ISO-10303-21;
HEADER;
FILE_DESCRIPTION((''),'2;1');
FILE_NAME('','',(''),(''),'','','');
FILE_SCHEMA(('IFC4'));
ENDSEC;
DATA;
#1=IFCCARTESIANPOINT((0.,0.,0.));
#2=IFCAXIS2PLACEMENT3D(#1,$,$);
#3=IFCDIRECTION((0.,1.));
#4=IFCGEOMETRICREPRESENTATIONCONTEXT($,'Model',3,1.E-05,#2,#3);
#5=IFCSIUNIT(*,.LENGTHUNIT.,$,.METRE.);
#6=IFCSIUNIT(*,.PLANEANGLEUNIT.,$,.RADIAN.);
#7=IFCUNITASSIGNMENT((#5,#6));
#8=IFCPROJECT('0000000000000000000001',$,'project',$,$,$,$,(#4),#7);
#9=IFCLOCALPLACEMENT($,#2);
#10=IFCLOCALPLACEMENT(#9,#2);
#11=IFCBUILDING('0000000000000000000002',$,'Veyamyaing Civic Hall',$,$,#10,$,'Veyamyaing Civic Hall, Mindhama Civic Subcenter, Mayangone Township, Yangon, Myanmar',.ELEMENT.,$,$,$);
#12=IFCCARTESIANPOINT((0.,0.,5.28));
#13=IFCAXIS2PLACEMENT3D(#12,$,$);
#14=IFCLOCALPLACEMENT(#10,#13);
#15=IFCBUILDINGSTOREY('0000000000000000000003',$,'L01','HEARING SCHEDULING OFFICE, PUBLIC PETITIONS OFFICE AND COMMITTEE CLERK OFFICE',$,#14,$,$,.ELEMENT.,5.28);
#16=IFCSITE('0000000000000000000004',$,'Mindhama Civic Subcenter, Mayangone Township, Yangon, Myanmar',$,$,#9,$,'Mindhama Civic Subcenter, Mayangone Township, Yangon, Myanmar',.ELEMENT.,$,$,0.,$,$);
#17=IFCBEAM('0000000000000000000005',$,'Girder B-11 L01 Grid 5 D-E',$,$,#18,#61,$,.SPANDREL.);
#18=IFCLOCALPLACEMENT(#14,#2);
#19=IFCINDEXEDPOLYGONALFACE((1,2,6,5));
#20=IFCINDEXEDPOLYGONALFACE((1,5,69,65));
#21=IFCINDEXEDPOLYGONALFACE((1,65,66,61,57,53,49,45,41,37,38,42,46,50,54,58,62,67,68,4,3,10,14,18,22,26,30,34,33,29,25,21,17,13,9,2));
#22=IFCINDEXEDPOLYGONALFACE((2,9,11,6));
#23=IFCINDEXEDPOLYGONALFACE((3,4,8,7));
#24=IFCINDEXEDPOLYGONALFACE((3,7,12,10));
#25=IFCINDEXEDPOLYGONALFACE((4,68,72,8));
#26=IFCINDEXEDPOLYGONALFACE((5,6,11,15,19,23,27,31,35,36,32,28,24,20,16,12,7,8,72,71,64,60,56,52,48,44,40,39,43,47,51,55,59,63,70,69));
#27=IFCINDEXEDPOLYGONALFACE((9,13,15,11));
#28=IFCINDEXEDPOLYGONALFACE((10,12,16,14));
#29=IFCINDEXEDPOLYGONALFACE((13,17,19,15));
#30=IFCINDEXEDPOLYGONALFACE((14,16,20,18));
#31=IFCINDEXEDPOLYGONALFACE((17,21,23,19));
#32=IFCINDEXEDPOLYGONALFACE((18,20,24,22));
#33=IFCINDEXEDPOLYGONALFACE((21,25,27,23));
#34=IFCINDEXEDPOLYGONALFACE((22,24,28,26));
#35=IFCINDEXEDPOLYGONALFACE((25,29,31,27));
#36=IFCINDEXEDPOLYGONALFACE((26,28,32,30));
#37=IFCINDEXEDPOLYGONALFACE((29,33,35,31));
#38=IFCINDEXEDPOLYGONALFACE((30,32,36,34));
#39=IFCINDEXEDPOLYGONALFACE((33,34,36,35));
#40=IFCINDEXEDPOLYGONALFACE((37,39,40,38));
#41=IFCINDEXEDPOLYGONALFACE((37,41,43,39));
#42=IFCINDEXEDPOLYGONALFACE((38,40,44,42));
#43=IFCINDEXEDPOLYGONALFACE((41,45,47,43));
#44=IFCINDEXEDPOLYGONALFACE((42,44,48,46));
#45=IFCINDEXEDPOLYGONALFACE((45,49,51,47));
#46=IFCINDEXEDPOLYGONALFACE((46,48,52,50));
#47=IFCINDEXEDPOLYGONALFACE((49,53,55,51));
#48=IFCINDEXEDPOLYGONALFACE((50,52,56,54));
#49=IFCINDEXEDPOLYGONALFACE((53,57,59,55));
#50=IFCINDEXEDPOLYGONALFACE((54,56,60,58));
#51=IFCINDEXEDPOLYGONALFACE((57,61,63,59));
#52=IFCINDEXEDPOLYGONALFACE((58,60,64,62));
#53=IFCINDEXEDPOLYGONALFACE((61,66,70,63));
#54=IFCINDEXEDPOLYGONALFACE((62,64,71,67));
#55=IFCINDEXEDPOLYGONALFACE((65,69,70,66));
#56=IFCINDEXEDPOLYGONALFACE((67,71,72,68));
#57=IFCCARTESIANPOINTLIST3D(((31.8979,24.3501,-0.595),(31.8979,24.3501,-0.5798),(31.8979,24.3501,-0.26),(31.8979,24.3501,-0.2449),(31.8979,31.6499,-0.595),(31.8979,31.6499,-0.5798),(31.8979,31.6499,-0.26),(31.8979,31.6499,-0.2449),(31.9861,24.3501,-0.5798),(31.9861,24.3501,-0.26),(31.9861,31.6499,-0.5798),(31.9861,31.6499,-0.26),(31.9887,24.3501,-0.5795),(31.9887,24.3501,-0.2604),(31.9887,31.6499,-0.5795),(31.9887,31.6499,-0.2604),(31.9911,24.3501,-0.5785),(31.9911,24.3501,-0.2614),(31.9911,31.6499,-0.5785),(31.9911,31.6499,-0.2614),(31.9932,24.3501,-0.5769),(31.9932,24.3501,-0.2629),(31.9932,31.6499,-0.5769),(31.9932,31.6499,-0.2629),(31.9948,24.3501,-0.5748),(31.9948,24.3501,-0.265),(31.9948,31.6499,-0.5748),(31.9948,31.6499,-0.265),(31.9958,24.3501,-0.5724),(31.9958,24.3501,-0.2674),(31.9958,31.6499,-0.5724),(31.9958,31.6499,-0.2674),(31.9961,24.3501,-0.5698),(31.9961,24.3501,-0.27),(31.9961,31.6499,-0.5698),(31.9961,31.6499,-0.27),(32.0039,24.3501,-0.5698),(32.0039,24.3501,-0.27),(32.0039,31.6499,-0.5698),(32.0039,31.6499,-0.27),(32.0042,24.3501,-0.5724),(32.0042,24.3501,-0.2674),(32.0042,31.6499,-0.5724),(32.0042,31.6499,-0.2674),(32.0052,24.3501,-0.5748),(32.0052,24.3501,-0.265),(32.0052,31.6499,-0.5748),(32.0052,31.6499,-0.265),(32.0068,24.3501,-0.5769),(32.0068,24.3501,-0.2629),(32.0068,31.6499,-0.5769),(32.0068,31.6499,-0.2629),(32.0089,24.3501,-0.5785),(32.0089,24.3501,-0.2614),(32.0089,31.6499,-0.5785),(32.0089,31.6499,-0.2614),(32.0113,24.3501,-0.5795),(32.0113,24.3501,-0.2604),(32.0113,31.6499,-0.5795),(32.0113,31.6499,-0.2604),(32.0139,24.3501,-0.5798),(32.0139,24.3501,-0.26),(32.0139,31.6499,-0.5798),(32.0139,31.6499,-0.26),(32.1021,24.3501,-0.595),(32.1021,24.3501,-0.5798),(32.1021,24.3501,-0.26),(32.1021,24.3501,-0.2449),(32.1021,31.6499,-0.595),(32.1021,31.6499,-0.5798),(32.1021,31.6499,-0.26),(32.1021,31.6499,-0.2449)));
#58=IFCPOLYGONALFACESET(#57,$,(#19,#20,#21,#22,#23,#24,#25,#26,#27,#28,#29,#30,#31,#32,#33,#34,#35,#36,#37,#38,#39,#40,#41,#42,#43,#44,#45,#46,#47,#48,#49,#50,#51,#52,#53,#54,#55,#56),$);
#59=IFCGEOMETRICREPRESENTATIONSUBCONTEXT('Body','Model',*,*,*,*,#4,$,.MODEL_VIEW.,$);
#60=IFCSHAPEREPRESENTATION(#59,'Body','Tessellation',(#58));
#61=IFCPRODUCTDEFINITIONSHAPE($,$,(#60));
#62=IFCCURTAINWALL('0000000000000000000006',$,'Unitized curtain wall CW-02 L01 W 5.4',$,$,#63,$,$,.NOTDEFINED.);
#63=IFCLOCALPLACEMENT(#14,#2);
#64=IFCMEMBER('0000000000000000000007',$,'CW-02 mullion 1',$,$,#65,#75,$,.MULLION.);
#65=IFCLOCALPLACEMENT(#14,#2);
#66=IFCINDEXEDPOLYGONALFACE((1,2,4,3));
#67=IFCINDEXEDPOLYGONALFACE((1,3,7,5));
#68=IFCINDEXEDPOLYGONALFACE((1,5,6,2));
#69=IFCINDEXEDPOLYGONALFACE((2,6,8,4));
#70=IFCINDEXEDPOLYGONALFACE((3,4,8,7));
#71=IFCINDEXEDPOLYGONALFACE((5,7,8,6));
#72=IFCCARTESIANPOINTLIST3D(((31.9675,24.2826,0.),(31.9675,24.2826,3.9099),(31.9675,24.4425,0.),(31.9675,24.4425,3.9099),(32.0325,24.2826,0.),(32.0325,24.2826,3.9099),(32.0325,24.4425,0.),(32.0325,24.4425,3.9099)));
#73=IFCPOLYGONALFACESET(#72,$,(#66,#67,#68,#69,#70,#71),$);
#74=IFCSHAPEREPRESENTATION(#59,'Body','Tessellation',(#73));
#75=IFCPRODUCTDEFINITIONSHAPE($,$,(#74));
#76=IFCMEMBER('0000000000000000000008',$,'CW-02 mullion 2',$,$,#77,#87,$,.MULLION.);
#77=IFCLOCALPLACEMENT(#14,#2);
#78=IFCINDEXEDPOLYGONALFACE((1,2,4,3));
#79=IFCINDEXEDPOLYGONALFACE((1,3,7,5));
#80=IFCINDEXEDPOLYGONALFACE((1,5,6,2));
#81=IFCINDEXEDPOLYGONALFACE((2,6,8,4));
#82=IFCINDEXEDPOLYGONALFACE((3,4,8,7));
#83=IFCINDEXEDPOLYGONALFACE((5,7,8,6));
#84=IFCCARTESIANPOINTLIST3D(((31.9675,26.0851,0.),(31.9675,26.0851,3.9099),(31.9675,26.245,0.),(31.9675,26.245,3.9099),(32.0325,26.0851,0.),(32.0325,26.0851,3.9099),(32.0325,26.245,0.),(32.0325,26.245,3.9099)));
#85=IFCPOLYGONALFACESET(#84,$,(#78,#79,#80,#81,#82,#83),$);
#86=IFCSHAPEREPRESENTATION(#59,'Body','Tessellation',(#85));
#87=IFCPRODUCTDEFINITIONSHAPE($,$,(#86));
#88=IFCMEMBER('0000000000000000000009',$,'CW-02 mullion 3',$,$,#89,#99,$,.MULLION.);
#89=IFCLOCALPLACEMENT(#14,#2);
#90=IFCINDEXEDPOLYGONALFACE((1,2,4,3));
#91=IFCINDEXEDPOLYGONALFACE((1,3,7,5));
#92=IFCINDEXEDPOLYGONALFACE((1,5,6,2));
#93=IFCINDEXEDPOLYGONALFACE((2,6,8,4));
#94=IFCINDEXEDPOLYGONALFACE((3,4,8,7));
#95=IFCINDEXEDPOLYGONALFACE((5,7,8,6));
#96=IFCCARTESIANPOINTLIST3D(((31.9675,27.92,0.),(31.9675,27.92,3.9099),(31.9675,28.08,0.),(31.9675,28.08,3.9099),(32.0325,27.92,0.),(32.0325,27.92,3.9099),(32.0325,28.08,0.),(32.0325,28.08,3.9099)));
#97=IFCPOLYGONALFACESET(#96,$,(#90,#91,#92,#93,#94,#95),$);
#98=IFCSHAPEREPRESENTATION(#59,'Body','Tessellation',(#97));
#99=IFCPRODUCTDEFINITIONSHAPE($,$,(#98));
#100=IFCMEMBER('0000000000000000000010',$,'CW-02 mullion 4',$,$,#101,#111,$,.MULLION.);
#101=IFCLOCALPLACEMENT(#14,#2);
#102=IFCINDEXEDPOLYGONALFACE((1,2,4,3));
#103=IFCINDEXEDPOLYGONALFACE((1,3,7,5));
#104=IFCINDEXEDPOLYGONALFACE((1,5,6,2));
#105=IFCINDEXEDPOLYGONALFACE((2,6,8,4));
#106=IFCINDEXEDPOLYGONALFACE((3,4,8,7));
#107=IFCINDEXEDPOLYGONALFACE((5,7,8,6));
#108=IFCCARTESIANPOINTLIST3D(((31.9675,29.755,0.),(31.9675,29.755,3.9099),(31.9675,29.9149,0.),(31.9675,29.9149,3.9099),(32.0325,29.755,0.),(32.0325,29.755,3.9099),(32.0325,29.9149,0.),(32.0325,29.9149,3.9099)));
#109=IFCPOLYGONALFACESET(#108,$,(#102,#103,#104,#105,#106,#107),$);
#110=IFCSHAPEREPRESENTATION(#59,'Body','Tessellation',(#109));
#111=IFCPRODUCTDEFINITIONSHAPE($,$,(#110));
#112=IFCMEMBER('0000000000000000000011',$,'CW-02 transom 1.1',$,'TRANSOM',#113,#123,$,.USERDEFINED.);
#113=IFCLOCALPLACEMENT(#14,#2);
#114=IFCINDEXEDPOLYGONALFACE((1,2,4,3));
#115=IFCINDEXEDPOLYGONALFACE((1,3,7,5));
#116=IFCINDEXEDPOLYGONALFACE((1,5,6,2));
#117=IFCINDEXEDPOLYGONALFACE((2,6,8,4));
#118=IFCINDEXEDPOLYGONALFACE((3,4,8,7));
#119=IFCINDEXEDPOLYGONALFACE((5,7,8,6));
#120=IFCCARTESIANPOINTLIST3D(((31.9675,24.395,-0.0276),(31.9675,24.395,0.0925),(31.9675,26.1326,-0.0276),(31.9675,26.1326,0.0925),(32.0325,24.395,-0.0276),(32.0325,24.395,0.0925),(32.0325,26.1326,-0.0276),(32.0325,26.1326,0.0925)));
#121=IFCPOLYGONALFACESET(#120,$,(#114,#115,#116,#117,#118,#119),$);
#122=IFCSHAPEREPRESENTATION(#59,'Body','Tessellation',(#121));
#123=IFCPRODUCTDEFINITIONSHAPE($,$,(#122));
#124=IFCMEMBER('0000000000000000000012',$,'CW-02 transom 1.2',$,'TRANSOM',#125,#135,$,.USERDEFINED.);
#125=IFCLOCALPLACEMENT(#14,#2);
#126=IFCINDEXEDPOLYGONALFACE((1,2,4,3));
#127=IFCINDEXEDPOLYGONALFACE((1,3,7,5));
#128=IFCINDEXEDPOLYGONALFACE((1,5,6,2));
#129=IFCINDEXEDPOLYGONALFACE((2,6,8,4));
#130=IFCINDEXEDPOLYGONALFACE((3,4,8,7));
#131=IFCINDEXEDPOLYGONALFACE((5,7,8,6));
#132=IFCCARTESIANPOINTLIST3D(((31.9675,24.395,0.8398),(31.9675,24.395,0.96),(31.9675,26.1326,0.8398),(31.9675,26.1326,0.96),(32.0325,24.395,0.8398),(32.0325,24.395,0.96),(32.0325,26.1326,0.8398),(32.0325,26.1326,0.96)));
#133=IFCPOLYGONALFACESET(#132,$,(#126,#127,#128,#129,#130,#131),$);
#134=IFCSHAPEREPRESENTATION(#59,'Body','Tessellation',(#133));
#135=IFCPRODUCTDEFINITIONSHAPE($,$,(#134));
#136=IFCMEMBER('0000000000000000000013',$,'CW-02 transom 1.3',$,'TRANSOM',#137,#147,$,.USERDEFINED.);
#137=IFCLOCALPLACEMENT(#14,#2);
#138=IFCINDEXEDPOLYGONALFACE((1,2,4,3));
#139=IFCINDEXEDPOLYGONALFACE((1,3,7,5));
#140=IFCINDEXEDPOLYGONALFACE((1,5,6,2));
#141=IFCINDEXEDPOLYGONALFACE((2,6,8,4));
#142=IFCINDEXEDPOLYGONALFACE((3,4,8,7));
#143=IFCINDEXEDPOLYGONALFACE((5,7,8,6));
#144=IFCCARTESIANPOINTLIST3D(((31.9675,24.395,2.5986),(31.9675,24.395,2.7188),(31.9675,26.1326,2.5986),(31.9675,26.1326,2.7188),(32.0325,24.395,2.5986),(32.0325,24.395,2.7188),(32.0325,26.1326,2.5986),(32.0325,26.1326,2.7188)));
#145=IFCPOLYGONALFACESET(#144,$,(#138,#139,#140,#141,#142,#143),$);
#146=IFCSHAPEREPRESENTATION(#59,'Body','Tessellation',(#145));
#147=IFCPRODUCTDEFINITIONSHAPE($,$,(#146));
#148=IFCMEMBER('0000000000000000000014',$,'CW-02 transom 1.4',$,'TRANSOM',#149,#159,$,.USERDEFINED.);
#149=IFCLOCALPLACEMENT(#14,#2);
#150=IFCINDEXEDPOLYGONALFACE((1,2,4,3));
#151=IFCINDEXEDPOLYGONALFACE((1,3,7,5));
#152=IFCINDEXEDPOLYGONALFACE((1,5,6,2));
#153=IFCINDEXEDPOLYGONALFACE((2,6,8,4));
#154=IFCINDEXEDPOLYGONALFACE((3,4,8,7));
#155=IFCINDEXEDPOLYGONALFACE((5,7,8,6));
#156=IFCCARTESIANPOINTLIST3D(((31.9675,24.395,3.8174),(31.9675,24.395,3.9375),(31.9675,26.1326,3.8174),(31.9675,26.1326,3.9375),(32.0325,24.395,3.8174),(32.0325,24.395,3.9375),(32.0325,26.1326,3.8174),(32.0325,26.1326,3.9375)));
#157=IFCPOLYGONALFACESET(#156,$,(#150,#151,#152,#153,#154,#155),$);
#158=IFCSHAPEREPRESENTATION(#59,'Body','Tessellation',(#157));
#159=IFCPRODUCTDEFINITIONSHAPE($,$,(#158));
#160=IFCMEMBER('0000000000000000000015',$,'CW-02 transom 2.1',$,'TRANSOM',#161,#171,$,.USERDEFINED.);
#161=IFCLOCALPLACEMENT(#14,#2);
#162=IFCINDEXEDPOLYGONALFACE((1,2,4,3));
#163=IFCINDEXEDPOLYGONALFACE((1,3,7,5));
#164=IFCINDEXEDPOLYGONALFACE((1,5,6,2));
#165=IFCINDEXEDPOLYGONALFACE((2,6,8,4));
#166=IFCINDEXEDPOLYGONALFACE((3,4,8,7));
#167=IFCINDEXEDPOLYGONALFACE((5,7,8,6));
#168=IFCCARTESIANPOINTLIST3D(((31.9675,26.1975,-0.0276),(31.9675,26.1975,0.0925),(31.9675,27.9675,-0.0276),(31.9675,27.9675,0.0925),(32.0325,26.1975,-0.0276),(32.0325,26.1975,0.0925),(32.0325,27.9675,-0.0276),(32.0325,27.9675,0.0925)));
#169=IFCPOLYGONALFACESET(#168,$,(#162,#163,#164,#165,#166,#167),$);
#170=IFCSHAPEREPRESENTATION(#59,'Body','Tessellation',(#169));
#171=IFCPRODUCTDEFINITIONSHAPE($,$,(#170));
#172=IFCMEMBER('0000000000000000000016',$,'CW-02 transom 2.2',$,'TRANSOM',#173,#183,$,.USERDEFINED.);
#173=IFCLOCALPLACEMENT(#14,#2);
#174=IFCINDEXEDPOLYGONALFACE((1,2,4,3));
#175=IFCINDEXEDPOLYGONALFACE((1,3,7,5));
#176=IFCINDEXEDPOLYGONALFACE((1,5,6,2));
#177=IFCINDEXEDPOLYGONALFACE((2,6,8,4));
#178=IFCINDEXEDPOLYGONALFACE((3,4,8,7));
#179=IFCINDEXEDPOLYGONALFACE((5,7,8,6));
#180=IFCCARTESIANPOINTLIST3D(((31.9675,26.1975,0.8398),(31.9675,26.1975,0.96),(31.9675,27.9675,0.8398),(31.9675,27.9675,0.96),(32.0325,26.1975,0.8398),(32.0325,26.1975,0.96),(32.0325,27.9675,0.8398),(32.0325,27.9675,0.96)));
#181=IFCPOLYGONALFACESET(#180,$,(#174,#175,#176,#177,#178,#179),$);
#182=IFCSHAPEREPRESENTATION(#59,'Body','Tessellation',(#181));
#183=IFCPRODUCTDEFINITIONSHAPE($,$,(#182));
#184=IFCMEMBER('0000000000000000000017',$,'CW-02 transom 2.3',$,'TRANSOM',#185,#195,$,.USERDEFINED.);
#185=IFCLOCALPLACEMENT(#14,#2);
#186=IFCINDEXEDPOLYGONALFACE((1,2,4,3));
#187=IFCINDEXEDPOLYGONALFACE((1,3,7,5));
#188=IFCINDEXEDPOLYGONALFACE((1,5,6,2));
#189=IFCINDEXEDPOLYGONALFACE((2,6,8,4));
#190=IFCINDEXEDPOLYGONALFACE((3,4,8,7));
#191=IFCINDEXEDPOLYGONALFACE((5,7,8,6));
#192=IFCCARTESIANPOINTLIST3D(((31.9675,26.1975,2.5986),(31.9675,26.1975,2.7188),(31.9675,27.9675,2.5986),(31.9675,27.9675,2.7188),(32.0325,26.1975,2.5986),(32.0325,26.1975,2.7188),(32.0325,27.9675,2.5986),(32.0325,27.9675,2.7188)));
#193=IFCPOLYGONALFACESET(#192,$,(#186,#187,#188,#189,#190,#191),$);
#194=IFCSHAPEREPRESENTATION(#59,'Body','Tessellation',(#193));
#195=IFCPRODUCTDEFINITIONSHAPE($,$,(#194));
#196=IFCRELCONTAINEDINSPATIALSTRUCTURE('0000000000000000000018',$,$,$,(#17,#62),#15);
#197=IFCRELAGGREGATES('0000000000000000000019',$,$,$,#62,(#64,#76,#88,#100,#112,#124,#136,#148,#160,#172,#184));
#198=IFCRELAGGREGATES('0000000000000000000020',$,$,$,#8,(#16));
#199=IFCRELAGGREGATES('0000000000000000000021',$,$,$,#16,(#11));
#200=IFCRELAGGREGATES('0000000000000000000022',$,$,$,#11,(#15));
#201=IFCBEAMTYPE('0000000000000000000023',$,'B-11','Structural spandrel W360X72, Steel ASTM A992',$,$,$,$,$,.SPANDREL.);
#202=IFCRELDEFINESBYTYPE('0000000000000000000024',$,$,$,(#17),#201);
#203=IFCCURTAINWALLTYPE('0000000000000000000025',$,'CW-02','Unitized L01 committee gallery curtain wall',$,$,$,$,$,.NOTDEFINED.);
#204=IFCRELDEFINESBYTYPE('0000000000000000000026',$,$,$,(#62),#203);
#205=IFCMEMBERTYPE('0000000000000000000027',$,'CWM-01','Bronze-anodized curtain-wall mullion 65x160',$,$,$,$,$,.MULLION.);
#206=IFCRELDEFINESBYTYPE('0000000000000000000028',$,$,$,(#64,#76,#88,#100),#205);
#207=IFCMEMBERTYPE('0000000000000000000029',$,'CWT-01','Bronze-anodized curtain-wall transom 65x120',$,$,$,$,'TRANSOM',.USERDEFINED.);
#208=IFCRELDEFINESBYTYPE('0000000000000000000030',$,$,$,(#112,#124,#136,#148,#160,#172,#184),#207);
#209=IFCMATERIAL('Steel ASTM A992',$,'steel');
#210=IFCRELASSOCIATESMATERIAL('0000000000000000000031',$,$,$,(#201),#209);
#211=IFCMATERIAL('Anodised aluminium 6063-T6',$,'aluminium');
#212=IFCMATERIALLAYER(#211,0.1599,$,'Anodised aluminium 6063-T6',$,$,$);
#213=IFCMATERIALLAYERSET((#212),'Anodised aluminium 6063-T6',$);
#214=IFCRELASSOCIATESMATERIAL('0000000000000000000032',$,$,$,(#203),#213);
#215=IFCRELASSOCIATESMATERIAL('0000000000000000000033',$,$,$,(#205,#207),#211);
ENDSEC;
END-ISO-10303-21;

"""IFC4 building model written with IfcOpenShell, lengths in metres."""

from ifc_helpers import new_model, si_unit, direction, frame, origin, origin_2d, place, context, subcontext, project, spatial, rectangle, i_section, extrude, material, layer, layer_set, material_profile, profile_set, type_object, element, aggregate, save


model = new_model("IFC4")

# Units and contexts
model_context = context("Model", 3, precision=1e-05, world=origin(), true_north=direction((0.0, 1.0)))
body_context = subcontext(model_context, "Body", "Model", "MODEL_VIEW")
ifc_project = project(units=[si_unit("LENGTHUNIT", "METRE"), si_unit("PLANEANGLEUNIT", "RADIAN")], contexts=[model_context])

# Site, building, storey
site_placement = place(None, origin())
site = spatial("IfcSite", under=ifc_project, at=site_placement, Name="Mindhama Civic Subcenter, Mayangone Township, Yangon, Myanmar", LongName="Mindhama Civic Subcenter, Mayangone Township, Yangon, Myanmar", CompositionType="ELEMENT", RefElevation=0.0)
building_placement = place(site_placement, origin())
building = spatial("IfcBuilding", under=site, at=building_placement, Name="Veyamyaing Civic Hall", LongName="Veyamyaing Civic Hall, Mindhama Civic Subcenter, Mayangone Township, Yangon, Myanmar", CompositionType="ELEMENT")
storey_placement = place(building_placement, frame((0.0, 0.0, 5.28)))
storey = spatial("IfcBuildingStorey", under=building, at=storey_placement, Name="L01", Description="HEARING SCHEDULING OFFICE, PUBLIC PETITIONS OFFICE AND COMMITTEE CLERK OFFICE", CompositionType="ELEMENT", Elevation=5.28)

# Beam
ifc_material_1 = material(Name="Steel ASTM A992", Category="steel")
ifc_material_profile_1 = material_profile(ifc_material_1, i_section(OverallWidth=0.2041, OverallDepth=0.3501, WebThickness=0.0078, FlangeThickness=0.0151, FilletRadius=0.01, at=origin_2d()), Name="W360X72")
ifc_profile_set_1 = profile_set([ifc_material_profile_1], Name="Steel ASTM A992")
beam_type_1 = type_object("IfcBeamType", Name="B-11", Description="Structural spandrel W360X72, Steel ASTM A992", PredefinedType="SPANDREL", material=ifc_profile_set_1)
beam_placement = place(storey_placement, frame((32.0, 24.3501, -0.4199), z_axis=(0.0, 1.0, 0.0), x_axis=(-1.0, 0.0, 0.0)))
element("IfcBeam", 1, at=beam_placement, inside=storey, type_object=beam_type_1, Name="Girder B-11 L01 Grid 5 D-E", PredefinedType="SPANDREL", context=body_context, shape_type="SweptSolid", body=[
    extrude(i_section(OverallWidth=0.2041, OverallDepth=0.3501, WebThickness=0.0078, FlangeThickness=0.0151, FilletRadius=0.01, at=origin_2d()), origin(), (0.0, 0.0, 1.0), 7.2998),
])

# Curtain wall, members
ifc_material_2 = material(Name="Anodised aluminium 6063-T6", Category="aluminium")
ifc_layer_1 = layer(ifc_material_2, 0.1599, Name="Anodised aluminium 6063-T6")
ifc_layer_set_1 = layer_set([ifc_layer_1], Name="Anodised aluminium 6063-T6")
curtain_wall_type = type_object("IfcCurtainWallType", Name="CW-02", Description="Unitized L01 committee gallery curtain wall", PredefinedType="NOTDEFINED", material=ifc_layer_set_1)
curtain_wall_placement = place(storey_placement, origin())
curtain_wall = element("IfcCurtainWall", 2, at=curtain_wall_placement, inside=storey, type_object=curtain_wall_type, Name="Unitized curtain wall CW-02 L01 W 5.4", PredefinedType="NOTDEFINED")
ifc_material_profile_2 = material_profile(ifc_material_2, rectangle(XDim=0.0649, YDim=0.1599, at=origin_2d()), Name="ALU-MUL-65X160")
ifc_profile_set_2 = profile_set([ifc_material_profile_2], Name="Anodised aluminium 6063-T6")
member_type_1 = type_object("IfcMemberType", Name="CWM-01", Description="Bronze-anodized curtain-wall mullion 65x160", PredefinedType="MULLION", material=ifc_profile_set_2)
member_1_placement = place(storey_placement, frame((32.0, 24.3625, 0.0), z_axis=(0.0, 0.0, 1.0), x_axis=(-1.0, 0.0, 0.0)))
member_1 = element("IfcMember", 3, at=member_1_placement, type_object=member_type_1, Name="CW-02 mullion 1", PredefinedType="MULLION", context=body_context, shape_type="SweptSolid", body=[
    extrude(rectangle(XDim=0.0649, YDim=0.1599, at=origin_2d()), origin(), (0.0, 0.0, 1.0), 3.9099),
])
member_2_placement = place(storey_placement, frame((32.0, 26.165, 0.0), z_axis=(0.0, 0.0, 1.0), x_axis=(-1.0, 0.0, 0.0)))
member_2 = element("IfcMember", 4, at=member_2_placement, type_object=member_type_1, Name="CW-02 mullion 2", PredefinedType="MULLION", context=body_context, shape_type="SweptSolid", body=[
    extrude(rectangle(XDim=0.0649, YDim=0.1599, at=origin_2d()), origin(), (0.0, 0.0, 1.0), 3.9099),
])
member_3_placement = place(storey_placement, frame((32.0, 28.0, 0.0), z_axis=(0.0, 0.0, 1.0), x_axis=(-1.0, 0.0, 0.0)))
member_3 = element("IfcMember", 5, at=member_3_placement, type_object=member_type_1, Name="CW-02 mullion 3", PredefinedType="MULLION", context=body_context, shape_type="SweptSolid", body=[
    extrude(rectangle(XDim=0.0649, YDim=0.1599, at=origin_2d()), origin(), (0.0, 0.0, 1.0), 3.9099),
])
member_4_placement = place(storey_placement, frame((32.0, 29.835, 0.0), z_axis=(0.0, 0.0, 1.0), x_axis=(-1.0, 0.0, 0.0)))
member_4 = element("IfcMember", 6, at=member_4_placement, type_object=member_type_1, Name="CW-02 mullion 4", PredefinedType="MULLION", context=body_context, shape_type="SweptSolid", body=[
    extrude(rectangle(XDim=0.0649, YDim=0.1599, at=origin_2d()), origin(), (0.0, 0.0, 1.0), 3.9099),
])
ifc_material_profile_3 = material_profile(ifc_material_2, rectangle(XDim=0.0649, YDim=0.1201, at=origin_2d()), Name="ALU-TRN-65X120")
ifc_profile_set_3 = profile_set([ifc_material_profile_3], Name="Anodised aluminium 6063-T6")
member_type_2 = type_object("IfcMemberType", Name="CWT-01", Description="Bronze-anodized curtain-wall transom 65x120", ElementType="TRANSOM", PredefinedType="USERDEFINED", material=ifc_profile_set_3)
member_5_placement = place(storey_placement, frame((32.0, 24.395, 0.0325), z_axis=(0.0, 1.0, 0.0), x_axis=(-1.0, 0.0, 0.0)))
member_5 = element("IfcMember", 7, at=member_5_placement, type_object=member_type_2, Name="CW-02 transom 1.1", ObjectType="TRANSOM", PredefinedType="USERDEFINED", context=body_context, shape_type="SweptSolid", body=[
    extrude(rectangle(XDim=0.0649, YDim=0.1201, at=origin_2d()), origin(), (0.0, 0.0, 1.0), 1.7375),
])
member_6_placement = place(storey_placement, frame((32.0, 24.395, 0.8999), z_axis=(0.0, 1.0, 0.0), x_axis=(-1.0, 0.0, 0.0)))
member_6 = element("IfcMember", 8, at=member_6_placement, type_object=member_type_2, Name="CW-02 transom 1.2", ObjectType="TRANSOM", PredefinedType="USERDEFINED", context=body_context, shape_type="SweptSolid", body=[
    extrude(rectangle(XDim=0.0649, YDim=0.1201, at=origin_2d()), origin(), (0.0, 0.0, 1.0), 1.7375),
])
member_7_placement = place(storey_placement, frame((32.0, 24.395, 2.6587), z_axis=(0.0, 1.0, 0.0), x_axis=(-1.0, 0.0, 0.0)))
member_7 = element("IfcMember", 9, at=member_7_placement, type_object=member_type_2, Name="CW-02 transom 1.3", ObjectType="TRANSOM", PredefinedType="USERDEFINED", context=body_context, shape_type="SweptSolid", body=[
    extrude(rectangle(XDim=0.0649, YDim=0.1201, at=origin_2d()), origin(), (0.0, 0.0, 1.0), 1.7375),
])
member_8_placement = place(storey_placement, frame((32.0, 24.395, 3.8774), z_axis=(0.0, 1.0, 0.0), x_axis=(-1.0, 0.0, 0.0)))
member_8 = element("IfcMember", 10, at=member_8_placement, type_object=member_type_2, Name="CW-02 transom 1.4", ObjectType="TRANSOM", PredefinedType="USERDEFINED", context=body_context, shape_type="SweptSolid", body=[
    extrude(rectangle(XDim=0.0649, YDim=0.1201, at=origin_2d()), origin(), (0.0, 0.0, 1.0), 1.7375),
])
member_9_placement = place(storey_placement, frame((32.0, 26.1975, 0.0325), z_axis=(0.0, 1.0, 0.0), x_axis=(-1.0, 0.0, 0.0)))
member_9 = element("IfcMember", 11, at=member_9_placement, type_object=member_type_2, Name="CW-02 transom 2.1", ObjectType="TRANSOM", PredefinedType="USERDEFINED", context=body_context, shape_type="SweptSolid", body=[
    extrude(rectangle(XDim=0.0649, YDim=0.1201, at=origin_2d()), origin(), (0.0, 0.0, 1.0), 1.77),
])
member_10_placement = place(storey_placement, frame((32.0, 26.1975, 0.8999), z_axis=(0.0, 1.0, 0.0), x_axis=(-1.0, 0.0, 0.0)))
member_10 = element("IfcMember", 12, at=member_10_placement, type_object=member_type_2, Name="CW-02 transom 2.2", ObjectType="TRANSOM", PredefinedType="USERDEFINED", context=body_context, shape_type="SweptSolid", body=[
    extrude(rectangle(XDim=0.0649, YDim=0.1201, at=origin_2d()), origin(), (0.0, 0.0, 1.0), 1.77),
])
member_11_placement = place(storey_placement, frame((32.0, 26.1975, 2.6587), z_axis=(0.0, 1.0, 0.0), x_axis=(-1.0, 0.0, 0.0)))
member_11 = element("IfcMember", 13, at=member_11_placement, type_object=member_type_2, Name="CW-02 transom 2.3", ObjectType="TRANSOM", PredefinedType="USERDEFINED", context=body_context, shape_type="SweptSolid", body=[
    extrude(rectangle(XDim=0.0649, YDim=0.1201, at=origin_2d()), origin(), (0.0, 0.0, 1.0), 1.77),
])

aggregate(curtain_wall, [member_1, member_2, member_3, member_4, member_5, member_6, member_7, member_8, member_9, member_10, member_11])

save(model, "model.ifc")
